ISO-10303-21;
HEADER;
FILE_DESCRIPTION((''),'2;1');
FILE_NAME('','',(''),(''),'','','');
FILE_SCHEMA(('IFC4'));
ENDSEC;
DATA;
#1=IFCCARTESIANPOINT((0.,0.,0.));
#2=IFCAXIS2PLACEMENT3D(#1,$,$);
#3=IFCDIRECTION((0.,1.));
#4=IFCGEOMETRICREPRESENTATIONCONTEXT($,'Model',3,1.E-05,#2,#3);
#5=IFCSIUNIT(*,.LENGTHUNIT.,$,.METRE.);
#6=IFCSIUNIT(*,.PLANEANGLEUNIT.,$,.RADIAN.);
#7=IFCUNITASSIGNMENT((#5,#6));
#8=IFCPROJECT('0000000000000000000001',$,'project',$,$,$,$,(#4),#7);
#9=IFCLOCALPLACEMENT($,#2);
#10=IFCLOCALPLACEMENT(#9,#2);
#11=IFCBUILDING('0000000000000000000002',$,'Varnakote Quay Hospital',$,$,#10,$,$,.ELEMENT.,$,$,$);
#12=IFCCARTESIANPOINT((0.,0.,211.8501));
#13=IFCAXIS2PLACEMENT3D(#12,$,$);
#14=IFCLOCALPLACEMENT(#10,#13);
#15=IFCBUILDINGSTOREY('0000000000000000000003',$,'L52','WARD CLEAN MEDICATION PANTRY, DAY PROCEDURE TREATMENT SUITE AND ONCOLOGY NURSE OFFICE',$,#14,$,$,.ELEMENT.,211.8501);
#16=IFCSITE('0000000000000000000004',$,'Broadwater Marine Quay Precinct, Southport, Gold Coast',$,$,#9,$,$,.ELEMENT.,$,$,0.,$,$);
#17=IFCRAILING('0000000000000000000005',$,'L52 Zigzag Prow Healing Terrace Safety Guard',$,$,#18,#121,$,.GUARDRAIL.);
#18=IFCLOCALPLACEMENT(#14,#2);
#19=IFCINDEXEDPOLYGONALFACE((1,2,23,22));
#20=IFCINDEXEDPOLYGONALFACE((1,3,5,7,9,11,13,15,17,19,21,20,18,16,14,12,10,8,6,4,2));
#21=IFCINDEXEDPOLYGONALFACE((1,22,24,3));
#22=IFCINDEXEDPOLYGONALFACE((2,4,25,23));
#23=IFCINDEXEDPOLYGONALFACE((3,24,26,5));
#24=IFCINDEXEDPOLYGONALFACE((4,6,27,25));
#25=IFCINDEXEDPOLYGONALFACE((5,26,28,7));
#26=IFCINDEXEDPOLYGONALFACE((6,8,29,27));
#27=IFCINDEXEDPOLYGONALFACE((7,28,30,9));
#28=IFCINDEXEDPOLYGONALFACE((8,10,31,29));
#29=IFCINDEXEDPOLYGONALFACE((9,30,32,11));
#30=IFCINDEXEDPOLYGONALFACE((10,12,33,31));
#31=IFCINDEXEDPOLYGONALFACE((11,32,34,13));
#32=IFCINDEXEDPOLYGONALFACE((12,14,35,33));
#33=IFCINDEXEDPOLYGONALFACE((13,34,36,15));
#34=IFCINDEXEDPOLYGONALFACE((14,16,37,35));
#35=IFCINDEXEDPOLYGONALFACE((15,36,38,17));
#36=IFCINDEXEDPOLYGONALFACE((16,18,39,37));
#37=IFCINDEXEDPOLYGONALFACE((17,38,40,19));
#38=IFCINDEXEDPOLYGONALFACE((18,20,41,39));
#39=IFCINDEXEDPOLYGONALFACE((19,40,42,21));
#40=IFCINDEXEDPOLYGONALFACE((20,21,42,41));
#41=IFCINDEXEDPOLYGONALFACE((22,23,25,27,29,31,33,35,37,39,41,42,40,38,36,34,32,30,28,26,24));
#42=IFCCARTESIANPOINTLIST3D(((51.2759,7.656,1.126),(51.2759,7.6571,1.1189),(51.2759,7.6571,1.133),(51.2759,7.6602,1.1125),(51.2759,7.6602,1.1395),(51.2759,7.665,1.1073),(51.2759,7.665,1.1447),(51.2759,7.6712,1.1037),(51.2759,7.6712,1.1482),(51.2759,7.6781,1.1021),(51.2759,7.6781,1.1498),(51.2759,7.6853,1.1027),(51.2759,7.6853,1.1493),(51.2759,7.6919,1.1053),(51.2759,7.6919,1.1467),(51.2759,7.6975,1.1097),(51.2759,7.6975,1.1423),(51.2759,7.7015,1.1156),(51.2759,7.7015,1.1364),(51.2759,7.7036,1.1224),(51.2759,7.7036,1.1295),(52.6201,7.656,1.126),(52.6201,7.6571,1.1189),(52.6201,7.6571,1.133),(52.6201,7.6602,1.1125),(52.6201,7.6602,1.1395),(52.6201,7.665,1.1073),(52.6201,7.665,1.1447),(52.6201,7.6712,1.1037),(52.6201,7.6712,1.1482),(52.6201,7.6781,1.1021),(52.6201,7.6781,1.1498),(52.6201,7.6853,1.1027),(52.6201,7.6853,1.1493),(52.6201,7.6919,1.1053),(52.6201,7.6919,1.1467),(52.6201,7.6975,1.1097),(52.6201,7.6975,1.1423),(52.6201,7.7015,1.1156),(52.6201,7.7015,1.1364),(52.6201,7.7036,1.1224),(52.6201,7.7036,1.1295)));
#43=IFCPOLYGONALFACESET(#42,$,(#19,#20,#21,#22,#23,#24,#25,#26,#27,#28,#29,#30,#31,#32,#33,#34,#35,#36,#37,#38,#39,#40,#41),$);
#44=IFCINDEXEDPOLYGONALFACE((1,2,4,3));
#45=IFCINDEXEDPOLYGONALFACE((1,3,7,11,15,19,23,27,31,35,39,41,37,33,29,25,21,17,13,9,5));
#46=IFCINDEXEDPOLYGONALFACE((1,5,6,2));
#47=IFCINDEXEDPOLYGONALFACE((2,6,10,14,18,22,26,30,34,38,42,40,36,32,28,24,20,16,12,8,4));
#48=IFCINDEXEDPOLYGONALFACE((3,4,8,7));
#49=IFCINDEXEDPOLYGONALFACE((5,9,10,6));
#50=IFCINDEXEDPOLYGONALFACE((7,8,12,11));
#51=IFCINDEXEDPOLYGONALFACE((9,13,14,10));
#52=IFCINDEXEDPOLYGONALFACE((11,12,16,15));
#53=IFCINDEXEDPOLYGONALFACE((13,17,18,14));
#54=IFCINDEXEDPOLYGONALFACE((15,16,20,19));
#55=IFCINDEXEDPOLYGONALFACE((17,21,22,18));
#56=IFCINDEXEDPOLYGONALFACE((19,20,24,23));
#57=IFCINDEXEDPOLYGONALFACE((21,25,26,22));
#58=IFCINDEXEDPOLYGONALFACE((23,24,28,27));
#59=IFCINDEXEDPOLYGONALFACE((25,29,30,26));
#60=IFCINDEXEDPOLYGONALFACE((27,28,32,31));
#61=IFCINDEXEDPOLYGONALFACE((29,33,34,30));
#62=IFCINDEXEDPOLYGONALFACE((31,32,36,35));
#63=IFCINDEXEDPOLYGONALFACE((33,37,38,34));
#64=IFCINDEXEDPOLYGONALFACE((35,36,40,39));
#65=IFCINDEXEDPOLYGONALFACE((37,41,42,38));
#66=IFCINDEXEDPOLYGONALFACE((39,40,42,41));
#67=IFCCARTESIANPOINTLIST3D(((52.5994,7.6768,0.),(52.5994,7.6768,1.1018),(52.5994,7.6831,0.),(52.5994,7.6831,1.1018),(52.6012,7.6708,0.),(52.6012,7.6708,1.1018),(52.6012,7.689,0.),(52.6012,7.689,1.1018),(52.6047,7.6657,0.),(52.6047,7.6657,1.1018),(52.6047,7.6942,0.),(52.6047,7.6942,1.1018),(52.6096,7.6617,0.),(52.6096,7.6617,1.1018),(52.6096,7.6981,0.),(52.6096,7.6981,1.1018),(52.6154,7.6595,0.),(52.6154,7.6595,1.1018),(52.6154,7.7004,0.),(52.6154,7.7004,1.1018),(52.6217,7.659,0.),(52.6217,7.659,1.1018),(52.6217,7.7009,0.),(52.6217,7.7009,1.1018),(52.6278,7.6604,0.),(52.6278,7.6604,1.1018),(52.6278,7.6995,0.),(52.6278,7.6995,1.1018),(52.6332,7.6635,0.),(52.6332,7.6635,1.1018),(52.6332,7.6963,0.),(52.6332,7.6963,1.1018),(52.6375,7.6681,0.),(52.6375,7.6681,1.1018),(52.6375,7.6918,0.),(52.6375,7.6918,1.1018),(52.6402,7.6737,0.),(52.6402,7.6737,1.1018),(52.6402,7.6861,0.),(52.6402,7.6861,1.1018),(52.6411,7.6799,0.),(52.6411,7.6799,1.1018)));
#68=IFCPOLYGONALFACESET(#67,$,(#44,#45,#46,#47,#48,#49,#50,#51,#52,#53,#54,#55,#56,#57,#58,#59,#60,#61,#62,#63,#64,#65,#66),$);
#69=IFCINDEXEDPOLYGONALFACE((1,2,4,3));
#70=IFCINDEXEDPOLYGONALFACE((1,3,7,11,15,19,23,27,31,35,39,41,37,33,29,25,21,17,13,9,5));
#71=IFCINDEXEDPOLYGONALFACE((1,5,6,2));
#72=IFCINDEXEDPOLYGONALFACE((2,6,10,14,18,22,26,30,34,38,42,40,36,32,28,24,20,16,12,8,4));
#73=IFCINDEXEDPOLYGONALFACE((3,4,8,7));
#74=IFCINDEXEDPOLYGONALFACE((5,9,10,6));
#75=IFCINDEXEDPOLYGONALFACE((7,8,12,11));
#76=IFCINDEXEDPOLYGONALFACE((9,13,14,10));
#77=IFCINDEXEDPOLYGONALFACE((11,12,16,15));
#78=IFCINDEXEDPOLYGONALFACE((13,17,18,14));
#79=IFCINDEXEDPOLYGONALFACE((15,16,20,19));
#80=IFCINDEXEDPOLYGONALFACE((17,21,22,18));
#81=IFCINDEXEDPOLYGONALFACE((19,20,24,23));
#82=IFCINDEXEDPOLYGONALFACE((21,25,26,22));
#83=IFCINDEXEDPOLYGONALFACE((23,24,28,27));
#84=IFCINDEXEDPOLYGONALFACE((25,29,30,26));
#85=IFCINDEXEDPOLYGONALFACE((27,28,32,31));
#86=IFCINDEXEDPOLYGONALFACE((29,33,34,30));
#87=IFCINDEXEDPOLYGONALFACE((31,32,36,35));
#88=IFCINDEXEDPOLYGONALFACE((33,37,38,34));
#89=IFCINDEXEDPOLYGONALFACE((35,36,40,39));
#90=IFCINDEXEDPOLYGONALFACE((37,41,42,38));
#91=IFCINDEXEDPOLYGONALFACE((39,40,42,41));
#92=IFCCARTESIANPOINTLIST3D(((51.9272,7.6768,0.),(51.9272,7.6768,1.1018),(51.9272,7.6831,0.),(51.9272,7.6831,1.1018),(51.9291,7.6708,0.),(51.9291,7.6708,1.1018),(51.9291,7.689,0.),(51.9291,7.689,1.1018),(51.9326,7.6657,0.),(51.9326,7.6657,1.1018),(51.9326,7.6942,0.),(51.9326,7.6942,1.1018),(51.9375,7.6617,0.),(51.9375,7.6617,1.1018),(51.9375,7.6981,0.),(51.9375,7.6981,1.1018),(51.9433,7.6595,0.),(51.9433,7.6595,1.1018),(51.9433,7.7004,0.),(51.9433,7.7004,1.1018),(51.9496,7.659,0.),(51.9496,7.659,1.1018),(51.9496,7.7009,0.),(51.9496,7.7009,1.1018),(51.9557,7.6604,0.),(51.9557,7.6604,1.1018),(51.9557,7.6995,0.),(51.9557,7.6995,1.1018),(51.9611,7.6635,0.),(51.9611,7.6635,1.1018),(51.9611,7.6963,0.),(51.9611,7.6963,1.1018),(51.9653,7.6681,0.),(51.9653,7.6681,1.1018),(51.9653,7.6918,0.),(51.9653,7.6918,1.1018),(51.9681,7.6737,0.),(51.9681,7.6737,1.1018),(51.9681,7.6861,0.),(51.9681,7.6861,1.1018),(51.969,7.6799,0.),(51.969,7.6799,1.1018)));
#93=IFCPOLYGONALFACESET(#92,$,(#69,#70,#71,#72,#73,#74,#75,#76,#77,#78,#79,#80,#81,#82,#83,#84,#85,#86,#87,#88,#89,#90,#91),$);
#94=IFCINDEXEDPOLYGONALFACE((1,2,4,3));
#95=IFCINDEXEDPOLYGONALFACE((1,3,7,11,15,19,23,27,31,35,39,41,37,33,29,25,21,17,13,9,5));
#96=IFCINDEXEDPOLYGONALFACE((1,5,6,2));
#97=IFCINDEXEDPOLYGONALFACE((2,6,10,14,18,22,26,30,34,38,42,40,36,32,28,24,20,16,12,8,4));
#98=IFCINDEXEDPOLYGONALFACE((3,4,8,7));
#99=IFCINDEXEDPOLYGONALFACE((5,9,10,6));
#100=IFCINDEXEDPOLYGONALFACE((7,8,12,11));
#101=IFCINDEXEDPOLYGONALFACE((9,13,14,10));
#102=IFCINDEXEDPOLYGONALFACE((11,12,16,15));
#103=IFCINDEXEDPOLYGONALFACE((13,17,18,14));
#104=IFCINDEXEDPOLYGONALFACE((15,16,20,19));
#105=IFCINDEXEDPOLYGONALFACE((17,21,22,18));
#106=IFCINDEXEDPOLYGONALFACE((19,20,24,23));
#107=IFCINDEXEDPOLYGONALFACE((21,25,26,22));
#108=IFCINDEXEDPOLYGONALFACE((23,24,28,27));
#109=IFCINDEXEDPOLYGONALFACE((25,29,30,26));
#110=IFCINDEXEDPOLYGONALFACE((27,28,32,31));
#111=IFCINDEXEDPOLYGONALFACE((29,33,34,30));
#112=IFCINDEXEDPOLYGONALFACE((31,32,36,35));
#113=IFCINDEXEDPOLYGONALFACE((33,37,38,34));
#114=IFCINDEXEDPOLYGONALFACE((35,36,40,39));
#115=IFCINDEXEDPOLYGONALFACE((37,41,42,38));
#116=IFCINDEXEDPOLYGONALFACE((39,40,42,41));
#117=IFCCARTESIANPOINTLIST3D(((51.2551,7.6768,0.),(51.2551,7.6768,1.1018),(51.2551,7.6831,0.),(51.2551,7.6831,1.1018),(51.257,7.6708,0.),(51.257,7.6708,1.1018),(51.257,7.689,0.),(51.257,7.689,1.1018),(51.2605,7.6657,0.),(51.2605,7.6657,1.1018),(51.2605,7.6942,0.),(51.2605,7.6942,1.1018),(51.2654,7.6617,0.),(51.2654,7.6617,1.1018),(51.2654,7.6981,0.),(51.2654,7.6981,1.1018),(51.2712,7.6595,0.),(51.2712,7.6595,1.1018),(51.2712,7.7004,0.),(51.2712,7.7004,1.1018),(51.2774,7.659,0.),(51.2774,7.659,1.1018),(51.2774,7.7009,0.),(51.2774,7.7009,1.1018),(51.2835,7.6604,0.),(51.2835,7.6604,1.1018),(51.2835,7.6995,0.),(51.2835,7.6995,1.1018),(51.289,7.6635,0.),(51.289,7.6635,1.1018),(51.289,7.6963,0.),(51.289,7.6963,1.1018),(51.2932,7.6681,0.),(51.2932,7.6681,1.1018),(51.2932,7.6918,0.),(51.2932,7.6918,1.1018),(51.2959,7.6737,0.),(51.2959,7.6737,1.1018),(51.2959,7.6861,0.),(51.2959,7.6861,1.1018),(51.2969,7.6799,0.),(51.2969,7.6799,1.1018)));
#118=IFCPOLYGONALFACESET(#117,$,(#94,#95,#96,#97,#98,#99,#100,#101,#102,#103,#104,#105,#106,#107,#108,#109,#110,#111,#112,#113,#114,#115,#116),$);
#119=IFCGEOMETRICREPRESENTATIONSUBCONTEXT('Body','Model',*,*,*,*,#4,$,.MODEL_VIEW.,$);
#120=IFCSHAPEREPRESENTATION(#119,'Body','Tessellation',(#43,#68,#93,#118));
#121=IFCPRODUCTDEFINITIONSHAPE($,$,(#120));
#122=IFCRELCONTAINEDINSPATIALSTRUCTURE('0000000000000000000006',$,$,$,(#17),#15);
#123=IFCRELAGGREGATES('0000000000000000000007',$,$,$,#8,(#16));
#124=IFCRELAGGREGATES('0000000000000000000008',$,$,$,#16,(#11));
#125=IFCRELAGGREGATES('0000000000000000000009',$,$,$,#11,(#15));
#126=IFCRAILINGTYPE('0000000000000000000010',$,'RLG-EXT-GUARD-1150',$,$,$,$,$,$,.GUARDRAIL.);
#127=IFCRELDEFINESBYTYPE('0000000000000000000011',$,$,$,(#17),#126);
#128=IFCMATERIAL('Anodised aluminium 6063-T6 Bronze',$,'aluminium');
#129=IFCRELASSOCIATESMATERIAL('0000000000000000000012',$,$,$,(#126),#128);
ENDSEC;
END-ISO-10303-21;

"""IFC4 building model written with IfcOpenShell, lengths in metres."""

from ifc_helpers import new_model, si_unit, direction, frame, origin, origin_2d, place, context, subcontext, project, spatial, circle, extrude, material, type_object, element, save


model = new_model("IFC4")

# Units and contexts
model_context = context("Model", 3, precision=1e-05, world=origin(), true_north=direction((0.0, 1.0)))
body_context = subcontext(model_context, "Body", "Model", "MODEL_VIEW")
ifc_project = project(units=[si_unit("LENGTHUNIT", "METRE"), si_unit("PLANEANGLEUNIT", "RADIAN")], contexts=[model_context])

# Site, building, storey
site_placement = place(None, origin())
site = spatial("IfcSite", under=ifc_project, at=site_placement, Name="Broadwater Marine Quay Precinct, Southport, Gold Coast", CompositionType="ELEMENT", RefElevation=0.0)
building_placement = place(site_placement, origin())
building = spatial("IfcBuilding", under=site, at=building_placement, Name="Varnakote Quay Hospital", CompositionType="ELEMENT")
storey_placement = place(building_placement, frame((0.0, 0.0, 211.8501)))
storey = spatial("IfcBuildingStorey", under=building, at=storey_placement, Name="L52", Description="WARD CLEAN MEDICATION PANTRY, DAY PROCEDURE TREATMENT SUITE AND ONCOLOGY NURSE OFFICE", CompositionType="ELEMENT", Elevation=211.8501)

# Railing
ifc_material_1 = material(Name="Anodised aluminium 6063-T6 Bronze", Category="aluminium")
railing_type = type_object("IfcRailingType", Name="RLG-EXT-GUARD-1150", PredefinedType="GUARDRAIL", material=ifc_material_1)
railing_1_placement = place(storey_placement, frame((52.6201, 7.6799, 0.0)))
element("IfcRailing", 1, at=railing_1_placement, inside=storey, type_object=railing_type, Name="L52 Zigzag Prow Healing Terrace Safety Guard", PredefinedType="GUARDRAIL", context=body_context, shape_type="SweptSolid", body=[
    extrude(circle(Radius=0.0239, at=origin_2d()), frame((0.0, 0.0, 1.126), z_axis=(-1.0, 0.0, 0.0), x_axis=(0.0, -1.0, 0.0)), (0.0, 0.0, 1.0), 1.3442),
    extrude(circle(Radius=0.021, at=origin_2d()), origin(), (0.0, 0.0, 1.0), 1.1018),
    extrude(circle(Radius=0.021, at=origin_2d()), frame((-0.6721, 0.0, 0.0)), (0.0, 0.0, 1.0), 1.1018),
    extrude(circle(Radius=0.021, at=origin_2d()), frame((-1.3442, 0.0, 0.0)), (0.0, 0.0, 1.0), 1.1018),
])

save(model, "model.ifc")
